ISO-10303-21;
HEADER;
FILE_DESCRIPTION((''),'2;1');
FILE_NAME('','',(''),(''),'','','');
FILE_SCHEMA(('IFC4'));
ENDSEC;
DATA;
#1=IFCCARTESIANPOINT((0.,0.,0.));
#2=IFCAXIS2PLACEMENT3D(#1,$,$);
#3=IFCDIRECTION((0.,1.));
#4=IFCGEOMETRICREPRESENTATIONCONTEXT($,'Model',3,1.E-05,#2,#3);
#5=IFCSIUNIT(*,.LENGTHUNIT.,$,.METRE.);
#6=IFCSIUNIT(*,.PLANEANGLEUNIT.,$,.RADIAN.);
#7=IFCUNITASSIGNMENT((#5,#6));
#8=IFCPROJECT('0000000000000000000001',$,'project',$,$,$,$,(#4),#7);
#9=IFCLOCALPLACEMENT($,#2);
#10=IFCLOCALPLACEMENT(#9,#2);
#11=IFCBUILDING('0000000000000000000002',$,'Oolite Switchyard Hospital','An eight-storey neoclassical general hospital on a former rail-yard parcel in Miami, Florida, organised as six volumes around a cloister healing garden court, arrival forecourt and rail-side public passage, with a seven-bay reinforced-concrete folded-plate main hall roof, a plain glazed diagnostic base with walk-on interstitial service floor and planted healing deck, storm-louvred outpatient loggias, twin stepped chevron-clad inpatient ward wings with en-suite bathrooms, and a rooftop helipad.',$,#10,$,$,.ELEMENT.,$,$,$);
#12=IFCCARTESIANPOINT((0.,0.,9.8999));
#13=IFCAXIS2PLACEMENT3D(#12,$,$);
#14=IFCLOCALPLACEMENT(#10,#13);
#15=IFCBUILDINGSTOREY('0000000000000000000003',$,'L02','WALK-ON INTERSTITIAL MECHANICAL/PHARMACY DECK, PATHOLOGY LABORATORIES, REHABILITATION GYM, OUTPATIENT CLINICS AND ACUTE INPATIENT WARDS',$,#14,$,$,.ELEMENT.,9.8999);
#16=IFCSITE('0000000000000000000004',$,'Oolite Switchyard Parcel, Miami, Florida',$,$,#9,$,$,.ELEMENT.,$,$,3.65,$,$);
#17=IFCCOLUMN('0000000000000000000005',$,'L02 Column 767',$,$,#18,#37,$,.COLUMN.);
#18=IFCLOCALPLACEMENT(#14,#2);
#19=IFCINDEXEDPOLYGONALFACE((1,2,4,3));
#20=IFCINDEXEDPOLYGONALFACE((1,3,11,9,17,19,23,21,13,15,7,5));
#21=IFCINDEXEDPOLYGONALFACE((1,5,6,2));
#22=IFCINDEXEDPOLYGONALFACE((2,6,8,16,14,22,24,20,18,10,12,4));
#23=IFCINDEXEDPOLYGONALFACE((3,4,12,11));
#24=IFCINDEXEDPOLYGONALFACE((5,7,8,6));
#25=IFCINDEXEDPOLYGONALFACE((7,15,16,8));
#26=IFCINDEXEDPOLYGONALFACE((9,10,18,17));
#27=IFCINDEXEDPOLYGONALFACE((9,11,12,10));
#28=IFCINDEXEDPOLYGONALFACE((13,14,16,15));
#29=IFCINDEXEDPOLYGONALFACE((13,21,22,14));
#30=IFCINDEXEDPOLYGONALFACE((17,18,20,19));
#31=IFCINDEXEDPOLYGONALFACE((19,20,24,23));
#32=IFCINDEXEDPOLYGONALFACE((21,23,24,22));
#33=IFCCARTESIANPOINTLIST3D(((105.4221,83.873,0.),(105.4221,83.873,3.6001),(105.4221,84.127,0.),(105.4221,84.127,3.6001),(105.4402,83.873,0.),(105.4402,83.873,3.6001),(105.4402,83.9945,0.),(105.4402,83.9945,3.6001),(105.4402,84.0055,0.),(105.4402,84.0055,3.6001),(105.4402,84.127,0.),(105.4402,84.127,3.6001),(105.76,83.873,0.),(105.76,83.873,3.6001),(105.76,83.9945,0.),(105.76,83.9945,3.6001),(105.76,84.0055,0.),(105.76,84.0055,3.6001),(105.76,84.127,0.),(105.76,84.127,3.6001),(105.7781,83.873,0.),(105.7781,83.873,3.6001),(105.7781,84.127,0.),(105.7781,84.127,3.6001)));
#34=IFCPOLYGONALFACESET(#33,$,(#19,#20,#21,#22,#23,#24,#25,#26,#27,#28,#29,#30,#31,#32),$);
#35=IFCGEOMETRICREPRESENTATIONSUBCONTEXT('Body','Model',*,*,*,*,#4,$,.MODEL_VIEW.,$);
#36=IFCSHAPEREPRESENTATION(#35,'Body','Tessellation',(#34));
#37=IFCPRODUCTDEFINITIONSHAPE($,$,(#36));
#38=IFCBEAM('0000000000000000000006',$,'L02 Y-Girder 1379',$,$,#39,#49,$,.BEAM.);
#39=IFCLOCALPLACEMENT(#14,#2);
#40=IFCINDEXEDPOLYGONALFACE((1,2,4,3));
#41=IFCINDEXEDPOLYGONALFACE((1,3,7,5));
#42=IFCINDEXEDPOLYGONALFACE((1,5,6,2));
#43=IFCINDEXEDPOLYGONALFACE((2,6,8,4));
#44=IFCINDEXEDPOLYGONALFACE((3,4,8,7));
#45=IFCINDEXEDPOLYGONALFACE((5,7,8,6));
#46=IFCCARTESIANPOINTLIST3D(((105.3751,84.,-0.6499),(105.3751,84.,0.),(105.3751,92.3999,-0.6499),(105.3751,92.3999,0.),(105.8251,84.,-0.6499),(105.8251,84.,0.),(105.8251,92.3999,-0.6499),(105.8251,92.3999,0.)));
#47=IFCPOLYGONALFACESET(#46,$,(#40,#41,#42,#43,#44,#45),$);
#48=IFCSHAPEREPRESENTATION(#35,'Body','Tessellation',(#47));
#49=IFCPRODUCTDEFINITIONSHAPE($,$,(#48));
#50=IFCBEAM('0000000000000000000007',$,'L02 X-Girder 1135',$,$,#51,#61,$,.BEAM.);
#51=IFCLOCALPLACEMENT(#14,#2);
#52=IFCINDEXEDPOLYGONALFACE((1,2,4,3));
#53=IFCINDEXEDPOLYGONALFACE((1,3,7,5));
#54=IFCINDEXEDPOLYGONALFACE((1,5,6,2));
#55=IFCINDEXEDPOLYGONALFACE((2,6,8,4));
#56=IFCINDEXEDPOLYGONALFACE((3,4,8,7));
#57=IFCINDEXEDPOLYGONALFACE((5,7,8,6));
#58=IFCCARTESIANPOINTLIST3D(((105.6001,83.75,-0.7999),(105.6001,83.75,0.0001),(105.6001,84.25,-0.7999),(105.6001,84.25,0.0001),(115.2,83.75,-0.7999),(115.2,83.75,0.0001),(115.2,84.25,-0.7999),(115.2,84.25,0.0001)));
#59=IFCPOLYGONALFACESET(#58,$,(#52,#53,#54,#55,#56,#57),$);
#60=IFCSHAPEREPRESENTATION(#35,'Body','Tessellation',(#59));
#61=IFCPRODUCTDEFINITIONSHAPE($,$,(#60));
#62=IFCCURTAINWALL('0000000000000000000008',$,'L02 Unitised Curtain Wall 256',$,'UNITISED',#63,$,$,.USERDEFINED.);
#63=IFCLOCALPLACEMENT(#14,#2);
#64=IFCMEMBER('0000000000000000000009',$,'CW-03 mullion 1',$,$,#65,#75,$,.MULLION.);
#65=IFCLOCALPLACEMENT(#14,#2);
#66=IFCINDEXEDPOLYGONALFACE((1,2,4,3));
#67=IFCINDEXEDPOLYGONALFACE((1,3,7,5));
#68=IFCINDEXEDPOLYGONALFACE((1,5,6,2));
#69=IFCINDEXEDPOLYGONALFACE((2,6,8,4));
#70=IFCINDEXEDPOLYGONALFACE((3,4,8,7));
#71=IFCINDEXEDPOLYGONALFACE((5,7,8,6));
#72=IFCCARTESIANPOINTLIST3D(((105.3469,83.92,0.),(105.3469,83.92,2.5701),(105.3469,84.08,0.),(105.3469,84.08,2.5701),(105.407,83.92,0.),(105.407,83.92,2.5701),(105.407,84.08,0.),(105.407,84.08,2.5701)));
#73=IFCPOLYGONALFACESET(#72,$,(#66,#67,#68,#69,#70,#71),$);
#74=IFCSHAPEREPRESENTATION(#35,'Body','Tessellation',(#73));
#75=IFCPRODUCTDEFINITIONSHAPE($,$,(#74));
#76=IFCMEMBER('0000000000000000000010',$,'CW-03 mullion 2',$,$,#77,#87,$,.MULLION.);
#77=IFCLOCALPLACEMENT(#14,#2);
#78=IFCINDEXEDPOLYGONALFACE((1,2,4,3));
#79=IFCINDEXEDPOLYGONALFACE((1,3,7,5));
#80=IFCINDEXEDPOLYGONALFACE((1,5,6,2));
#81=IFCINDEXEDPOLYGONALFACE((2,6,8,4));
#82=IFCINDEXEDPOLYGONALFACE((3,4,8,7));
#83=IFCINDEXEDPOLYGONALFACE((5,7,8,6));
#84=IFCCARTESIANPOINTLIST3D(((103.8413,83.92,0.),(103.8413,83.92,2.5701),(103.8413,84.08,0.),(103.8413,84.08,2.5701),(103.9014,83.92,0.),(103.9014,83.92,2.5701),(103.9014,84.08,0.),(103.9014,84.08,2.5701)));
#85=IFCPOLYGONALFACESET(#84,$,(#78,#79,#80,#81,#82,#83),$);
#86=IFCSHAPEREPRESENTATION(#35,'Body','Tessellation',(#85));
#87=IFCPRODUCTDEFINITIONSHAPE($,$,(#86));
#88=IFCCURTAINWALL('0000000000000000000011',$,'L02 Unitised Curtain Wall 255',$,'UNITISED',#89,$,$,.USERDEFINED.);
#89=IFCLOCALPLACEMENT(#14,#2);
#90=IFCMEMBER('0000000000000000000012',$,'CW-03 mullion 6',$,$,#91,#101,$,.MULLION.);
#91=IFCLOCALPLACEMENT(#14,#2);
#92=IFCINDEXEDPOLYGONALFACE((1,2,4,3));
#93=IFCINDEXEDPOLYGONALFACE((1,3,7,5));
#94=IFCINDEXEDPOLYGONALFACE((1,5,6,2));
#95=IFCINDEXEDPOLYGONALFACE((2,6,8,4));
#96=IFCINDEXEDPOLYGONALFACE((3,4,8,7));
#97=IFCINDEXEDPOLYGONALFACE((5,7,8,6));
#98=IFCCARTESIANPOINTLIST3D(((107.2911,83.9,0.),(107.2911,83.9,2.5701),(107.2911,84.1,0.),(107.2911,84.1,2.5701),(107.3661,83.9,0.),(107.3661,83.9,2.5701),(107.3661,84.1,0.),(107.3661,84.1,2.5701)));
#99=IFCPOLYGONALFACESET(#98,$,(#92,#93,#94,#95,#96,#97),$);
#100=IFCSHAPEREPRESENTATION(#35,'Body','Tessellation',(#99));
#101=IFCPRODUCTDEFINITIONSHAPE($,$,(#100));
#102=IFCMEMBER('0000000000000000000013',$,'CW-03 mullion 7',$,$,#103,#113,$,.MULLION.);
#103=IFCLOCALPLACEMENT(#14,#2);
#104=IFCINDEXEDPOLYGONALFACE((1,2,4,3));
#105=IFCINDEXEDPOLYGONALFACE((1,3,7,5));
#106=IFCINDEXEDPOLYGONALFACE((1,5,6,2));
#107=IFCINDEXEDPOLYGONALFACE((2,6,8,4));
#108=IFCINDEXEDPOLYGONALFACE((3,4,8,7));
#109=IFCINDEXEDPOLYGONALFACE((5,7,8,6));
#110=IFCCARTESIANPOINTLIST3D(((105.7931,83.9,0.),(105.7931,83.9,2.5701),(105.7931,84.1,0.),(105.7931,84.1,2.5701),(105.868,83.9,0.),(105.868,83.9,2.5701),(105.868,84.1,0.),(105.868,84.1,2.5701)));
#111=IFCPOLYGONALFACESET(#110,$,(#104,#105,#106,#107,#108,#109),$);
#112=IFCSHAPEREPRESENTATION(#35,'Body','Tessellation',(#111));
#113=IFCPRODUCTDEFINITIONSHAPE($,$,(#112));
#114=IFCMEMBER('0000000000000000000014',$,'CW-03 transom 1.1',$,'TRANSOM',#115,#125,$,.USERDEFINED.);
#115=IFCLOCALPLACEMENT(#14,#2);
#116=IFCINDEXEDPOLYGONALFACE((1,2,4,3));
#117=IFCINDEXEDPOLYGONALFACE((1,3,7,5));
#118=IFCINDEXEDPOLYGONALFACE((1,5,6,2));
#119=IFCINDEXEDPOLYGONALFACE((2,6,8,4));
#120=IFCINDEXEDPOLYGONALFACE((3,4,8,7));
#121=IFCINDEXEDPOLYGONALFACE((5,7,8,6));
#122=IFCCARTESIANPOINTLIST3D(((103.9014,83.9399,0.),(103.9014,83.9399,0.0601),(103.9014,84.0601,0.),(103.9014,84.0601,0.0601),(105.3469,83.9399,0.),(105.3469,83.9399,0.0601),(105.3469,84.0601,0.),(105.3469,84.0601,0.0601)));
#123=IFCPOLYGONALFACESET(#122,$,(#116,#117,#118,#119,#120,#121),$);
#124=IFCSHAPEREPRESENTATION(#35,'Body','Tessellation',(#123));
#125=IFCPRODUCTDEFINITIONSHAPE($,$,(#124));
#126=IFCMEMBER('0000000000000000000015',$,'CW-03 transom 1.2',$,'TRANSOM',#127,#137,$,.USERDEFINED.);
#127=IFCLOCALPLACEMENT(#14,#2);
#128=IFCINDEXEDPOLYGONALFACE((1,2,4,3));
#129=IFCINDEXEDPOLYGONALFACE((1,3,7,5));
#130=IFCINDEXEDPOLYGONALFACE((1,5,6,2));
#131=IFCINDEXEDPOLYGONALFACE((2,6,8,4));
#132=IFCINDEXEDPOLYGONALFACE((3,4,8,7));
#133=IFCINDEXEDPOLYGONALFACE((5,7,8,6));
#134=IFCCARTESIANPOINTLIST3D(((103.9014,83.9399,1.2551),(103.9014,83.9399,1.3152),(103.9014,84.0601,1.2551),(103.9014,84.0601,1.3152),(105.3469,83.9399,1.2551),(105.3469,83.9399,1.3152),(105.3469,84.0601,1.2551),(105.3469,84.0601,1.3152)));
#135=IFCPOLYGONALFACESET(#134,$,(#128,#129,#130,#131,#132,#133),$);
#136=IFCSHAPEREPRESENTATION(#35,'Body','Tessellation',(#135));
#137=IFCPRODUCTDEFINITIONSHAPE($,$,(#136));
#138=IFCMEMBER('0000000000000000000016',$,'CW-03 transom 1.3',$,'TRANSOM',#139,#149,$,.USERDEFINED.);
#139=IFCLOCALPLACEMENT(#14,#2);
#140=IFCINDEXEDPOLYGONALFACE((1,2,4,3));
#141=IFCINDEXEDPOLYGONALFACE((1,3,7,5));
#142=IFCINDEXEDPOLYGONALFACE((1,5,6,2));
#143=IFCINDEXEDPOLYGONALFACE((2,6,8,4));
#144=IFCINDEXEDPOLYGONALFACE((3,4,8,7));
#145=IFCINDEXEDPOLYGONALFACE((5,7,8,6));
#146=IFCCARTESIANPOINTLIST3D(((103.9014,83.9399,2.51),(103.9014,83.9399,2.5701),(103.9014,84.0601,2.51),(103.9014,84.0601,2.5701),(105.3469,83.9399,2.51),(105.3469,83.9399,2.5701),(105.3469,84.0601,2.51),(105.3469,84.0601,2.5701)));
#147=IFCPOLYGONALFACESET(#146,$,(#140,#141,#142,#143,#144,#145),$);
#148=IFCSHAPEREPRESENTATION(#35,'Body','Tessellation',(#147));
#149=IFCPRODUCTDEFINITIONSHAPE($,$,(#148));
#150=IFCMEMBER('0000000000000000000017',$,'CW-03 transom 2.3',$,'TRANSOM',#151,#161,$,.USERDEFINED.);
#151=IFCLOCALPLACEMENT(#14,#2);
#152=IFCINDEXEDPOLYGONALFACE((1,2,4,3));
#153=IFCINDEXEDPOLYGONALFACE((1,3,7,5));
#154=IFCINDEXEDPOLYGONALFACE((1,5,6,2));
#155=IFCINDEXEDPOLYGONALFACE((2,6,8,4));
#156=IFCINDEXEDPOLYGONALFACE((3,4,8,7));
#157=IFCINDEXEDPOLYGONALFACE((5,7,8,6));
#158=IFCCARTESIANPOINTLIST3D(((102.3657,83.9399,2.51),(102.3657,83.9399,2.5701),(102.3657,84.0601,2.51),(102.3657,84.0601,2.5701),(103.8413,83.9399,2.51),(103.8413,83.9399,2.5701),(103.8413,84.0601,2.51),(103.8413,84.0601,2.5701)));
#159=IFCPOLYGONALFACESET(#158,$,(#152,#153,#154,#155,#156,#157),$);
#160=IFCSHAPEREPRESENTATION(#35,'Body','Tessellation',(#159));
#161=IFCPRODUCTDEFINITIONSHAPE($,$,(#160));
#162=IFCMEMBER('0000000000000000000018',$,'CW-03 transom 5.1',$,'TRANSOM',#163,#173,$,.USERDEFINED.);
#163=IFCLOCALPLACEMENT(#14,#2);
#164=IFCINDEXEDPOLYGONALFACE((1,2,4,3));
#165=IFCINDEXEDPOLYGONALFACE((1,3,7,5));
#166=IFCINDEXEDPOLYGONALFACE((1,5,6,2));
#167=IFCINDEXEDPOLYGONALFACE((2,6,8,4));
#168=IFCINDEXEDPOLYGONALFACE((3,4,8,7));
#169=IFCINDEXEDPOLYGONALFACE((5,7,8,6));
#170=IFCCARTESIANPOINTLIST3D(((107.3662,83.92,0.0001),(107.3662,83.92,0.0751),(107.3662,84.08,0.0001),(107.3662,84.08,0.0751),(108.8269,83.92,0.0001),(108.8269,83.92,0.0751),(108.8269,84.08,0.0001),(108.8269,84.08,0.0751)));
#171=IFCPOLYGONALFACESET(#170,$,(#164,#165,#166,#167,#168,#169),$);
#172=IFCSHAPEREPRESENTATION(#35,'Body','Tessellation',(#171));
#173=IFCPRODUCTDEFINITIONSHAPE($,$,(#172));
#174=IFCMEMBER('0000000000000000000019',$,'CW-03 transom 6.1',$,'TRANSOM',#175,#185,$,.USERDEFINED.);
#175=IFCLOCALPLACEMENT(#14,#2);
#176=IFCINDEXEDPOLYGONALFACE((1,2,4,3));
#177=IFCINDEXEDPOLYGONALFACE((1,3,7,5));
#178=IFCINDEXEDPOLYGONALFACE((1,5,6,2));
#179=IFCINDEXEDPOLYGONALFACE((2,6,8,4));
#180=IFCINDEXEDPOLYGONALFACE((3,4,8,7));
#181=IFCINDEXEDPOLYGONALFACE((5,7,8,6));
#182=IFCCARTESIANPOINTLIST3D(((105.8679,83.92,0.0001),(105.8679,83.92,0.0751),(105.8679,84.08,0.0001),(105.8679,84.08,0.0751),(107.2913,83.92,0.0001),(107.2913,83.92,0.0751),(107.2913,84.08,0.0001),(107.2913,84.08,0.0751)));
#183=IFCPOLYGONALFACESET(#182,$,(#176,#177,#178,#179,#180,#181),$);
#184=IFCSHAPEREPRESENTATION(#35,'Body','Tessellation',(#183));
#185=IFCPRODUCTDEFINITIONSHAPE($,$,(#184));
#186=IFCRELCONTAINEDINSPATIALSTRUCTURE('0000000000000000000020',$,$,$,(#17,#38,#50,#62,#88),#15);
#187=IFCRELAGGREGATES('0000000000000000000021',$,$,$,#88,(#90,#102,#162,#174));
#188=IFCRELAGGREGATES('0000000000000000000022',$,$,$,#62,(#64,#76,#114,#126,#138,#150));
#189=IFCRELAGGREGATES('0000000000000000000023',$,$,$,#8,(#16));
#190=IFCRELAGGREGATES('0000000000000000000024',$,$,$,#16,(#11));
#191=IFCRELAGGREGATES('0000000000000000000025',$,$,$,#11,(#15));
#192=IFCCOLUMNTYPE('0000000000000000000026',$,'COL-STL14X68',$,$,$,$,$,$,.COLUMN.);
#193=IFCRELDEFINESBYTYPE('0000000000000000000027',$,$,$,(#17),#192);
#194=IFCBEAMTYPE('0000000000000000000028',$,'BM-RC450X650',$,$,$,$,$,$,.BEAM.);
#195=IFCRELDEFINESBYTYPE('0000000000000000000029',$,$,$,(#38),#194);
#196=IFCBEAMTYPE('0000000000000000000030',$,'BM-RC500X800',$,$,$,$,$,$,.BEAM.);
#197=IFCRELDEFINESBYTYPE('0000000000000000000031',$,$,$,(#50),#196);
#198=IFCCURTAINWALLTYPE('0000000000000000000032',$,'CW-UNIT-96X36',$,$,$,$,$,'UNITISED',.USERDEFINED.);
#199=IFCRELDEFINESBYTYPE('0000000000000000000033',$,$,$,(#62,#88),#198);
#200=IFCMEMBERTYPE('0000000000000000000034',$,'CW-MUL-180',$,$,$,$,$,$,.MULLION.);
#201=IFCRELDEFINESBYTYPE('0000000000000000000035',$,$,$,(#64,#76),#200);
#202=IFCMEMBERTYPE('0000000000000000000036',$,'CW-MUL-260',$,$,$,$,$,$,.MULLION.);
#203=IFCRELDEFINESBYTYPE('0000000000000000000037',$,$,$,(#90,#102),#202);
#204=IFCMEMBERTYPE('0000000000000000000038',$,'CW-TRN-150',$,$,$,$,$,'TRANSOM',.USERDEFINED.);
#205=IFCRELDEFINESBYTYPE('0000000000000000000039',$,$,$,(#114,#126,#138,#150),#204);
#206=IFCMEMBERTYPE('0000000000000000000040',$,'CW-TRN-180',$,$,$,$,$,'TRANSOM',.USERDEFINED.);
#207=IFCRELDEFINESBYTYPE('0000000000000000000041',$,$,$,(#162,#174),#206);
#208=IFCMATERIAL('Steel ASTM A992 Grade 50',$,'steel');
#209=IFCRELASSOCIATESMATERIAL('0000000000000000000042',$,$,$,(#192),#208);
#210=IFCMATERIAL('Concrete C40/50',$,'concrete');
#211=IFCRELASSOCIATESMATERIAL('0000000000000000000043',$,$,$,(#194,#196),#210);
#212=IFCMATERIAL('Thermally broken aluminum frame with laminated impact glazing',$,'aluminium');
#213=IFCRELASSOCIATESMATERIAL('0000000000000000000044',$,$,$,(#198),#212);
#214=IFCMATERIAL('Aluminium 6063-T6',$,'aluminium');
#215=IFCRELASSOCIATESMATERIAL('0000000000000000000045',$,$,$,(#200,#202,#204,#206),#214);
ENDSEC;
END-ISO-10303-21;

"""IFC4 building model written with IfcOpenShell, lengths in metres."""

from ifc_helpers import new_model, si_unit, direction, frame, origin, origin_2d, place, context, subcontext, project, spatial, rectangle, i_section, extrude, material, material_profile, profile_set, type_object, element, aggregate, save


model = new_model("IFC4")

# Units and contexts
model_context = context("Model", 3, precision=1e-05, world=origin(), true_north=direction((0.0, 1.0)))
body_context = subcontext(model_context, "Body", "Model", "MODEL_VIEW")
ifc_project = project(units=[si_unit("LENGTHUNIT", "METRE"), si_unit("PLANEANGLEUNIT", "RADIAN")], contexts=[model_context])

# Site, building, storey
site_placement = place(None, origin())
site = spatial("IfcSite", under=ifc_project, at=site_placement, Name="Oolite Switchyard Parcel, Miami, Florida", CompositionType="ELEMENT", RefElevation=3.65)
building_placement = place(site_placement, origin())
building = spatial("IfcBuilding", under=site, at=building_placement, Name="Oolite Switchyard Hospital", Description="An eight-storey neoclassical general hospital on a former rail-yard parcel in Miami, Florida, organised as six volumes around a cloister healing garden court, arrival forecourt and rail-side public passage, with a seven-bay reinforced-concrete folded-plate main hall roof, a plain glazed diagnostic base with walk-on interstitial service floor and planted healing deck, storm-louvred outpatient loggias, twin stepped chevron-clad inpatient ward wings with en-suite bathrooms, and a rooftop helipad.", CompositionType="ELEMENT")
storey_placement = place(building_placement, frame((0.0, 0.0, 9.8999)))
storey = spatial("IfcBuildingStorey", under=building, at=storey_placement, Name="L02", Description="WALK-ON INTERSTITIAL MECHANICAL/PHARMACY DECK, PATHOLOGY LABORATORIES, REHABILITATION GYM, OUTPATIENT CLINICS AND ACUTE INPATIENT WARDS", CompositionType="ELEMENT", Elevation=9.8999)

# Column
ifc_material_1 = material(Name="Steel ASTM A992 Grade 50", Category="steel")
ifc_material_profile_1 = material_profile(ifc_material_1, i_section(OverallWidth=0.2539, OverallDepth=0.356, WebThickness=0.011, FlangeThickness=0.0181, at=origin_2d()), Name="W14X68")
ifc_profile_set_1 = profile_set([ifc_material_profile_1], Name="Steel ASTM A992 Grade 50")
column_type = type_object("IfcColumnType", Name="COL-STL14X68", PredefinedType="COLUMN", material=ifc_profile_set_1)
column_placement = place(storey_placement, frame((105.6001, 84.0, 0.0), z_axis=(0.0, 0.0, 1.0), x_axis=(0.0, -1.0, 0.0)))
element("IfcColumn", 1, at=column_placement, inside=storey, type_object=column_type, Name="L02 Column 767", PredefinedType="COLUMN", context=body_context, shape_type="SweptSolid", body=[
    extrude(i_section(OverallWidth=0.2539, OverallDepth=0.356, WebThickness=0.011, FlangeThickness=0.0181, at=origin_2d()), origin(), (0.0, 0.0, 1.0), 3.6001),
])

# Beams
ifc_material_2 = material(Name="Concrete C40/50", Category="concrete")
ifc_material_profile_2 = material_profile(ifc_material_2, rectangle(XDim=0.45, YDim=0.6499, at=origin_2d()), Name="RCB450X650")
ifc_profile_set_2 = profile_set([ifc_material_profile_2], Name="Concrete C40/50")
beam_type_1 = type_object("IfcBeamType", Name="BM-RC450X650", PredefinedType="BEAM", material=ifc_profile_set_2)
beam_1_placement = place(storey_placement, frame((105.6001, 84.0, -0.325), z_axis=(0.0, 1.0, 0.0), x_axis=(-1.0, 0.0, 0.0)))
element("IfcBeam", 2, at=beam_1_placement, inside=storey, type_object=beam_type_1, Name="L02 Y-Girder 1379", PredefinedType="BEAM", context=body_context, shape_type="SweptSolid", body=[
    extrude(rectangle(XDim=0.45, YDim=0.6499, at=origin_2d()), origin(), (0.0, 0.0, 1.0), 8.3999),
])
ifc_material_profile_3 = material_profile(ifc_material_2, rectangle(XDim=0.5, YDim=0.8, at=origin_2d()), Name="RCB500X800")
ifc_profile_set_3 = profile_set([ifc_material_profile_3], Name="Concrete C40/50")
beam_type_2 = type_object("IfcBeamType", Name="BM-RC500X800", PredefinedType="BEAM", material=ifc_profile_set_3)
beam_2_placement = place(storey_placement, frame((105.6001, 84.0, -0.3999), z_axis=(1.0, 0.0, 0.0), x_axis=(0.0, 1.0, 0.0)))
element("IfcBeam", 3, at=beam_2_placement, inside=storey, type_object=beam_type_2, Name="L02 X-Girder 1135", PredefinedType="BEAM", context=body_context, shape_type="SweptSolid", body=[
    extrude(rectangle(XDim=0.5, YDim=0.8, at=origin_2d()), origin(), (0.0, 0.0, 1.0), 9.5999),
])

# Curtain walls, members
ifc_material_3 = material(Name="Thermally broken aluminum frame with laminated impact glazing", Category="aluminium")
curtain_wall_type = type_object("IfcCurtainWallType", Name="CW-UNIT-96X36", ElementType="UNITISED", PredefinedType="USERDEFINED", material=ifc_material_3)
curtain_wall_1_placement = place(storey_placement, origin())
curtain_wall_1 = element("IfcCurtainWall", 4, at=curtain_wall_1_placement, inside=storey, type_object=curtain_wall_type, Name="L02 Unitised Curtain Wall 256", ObjectType="UNITISED", PredefinedType="USERDEFINED")
ifc_material_4 = material(Name="Aluminium 6063-T6", Category="aluminium")
ifc_material_profile_4 = material_profile(ifc_material_4, rectangle(XDim=0.1599, YDim=0.0601, at=origin_2d()), Name="CWM60X160")
ifc_profile_set_4 = profile_set([ifc_material_profile_4], Name="Aluminium 6063-T6")
member_type_1 = type_object("IfcMemberType", Name="CW-MUL-180", PredefinedType="MULLION", material=ifc_profile_set_4)
member_1_placement = place(storey_placement, frame((105.377, 84.0, 0.0), z_axis=(0.0, 0.0, 1.0), x_axis=(0.0, -1.0, 0.0)))
member_1 = element("IfcMember", 5, at=member_1_placement, type_object=member_type_1, Name="CW-03 mullion 1", PredefinedType="MULLION", context=body_context, shape_type="SweptSolid", body=[
    extrude(rectangle(XDim=0.1599, YDim=0.0601, at=origin_2d()), origin(), (0.0, 0.0, 1.0), 2.5701),
])
member_2_placement = place(storey_placement, frame((103.8713, 84.0, 0.0), z_axis=(0.0, 0.0, 1.0), x_axis=(0.0, -1.0, 0.0)))
member_2 = element("IfcMember", 6, at=member_2_placement, type_object=member_type_1, Name="CW-03 mullion 2", PredefinedType="MULLION", context=body_context, shape_type="SweptSolid", body=[
    extrude(rectangle(XDim=0.1599, YDim=0.0601, at=origin_2d()), origin(), (0.0, 0.0, 1.0), 2.5701),
])
curtain_wall_2_placement = place(storey_placement, origin())
curtain_wall_2 = element("IfcCurtainWall", 7, at=curtain_wall_2_placement, inside=storey, type_object=curtain_wall_type, Name="L02 Unitised Curtain Wall 255", ObjectType="UNITISED", PredefinedType="USERDEFINED")
ifc_material_profile_5 = material_profile(ifc_material_4, rectangle(XDim=0.2, YDim=0.075, at=origin_2d()), Name="CWM75X200")
ifc_profile_set_5 = profile_set([ifc_material_profile_5], Name="Aluminium 6063-T6")
member_type_2 = type_object("IfcMemberType", Name="CW-MUL-260", PredefinedType="MULLION", material=ifc_profile_set_5)
member_3_placement = place(storey_placement, frame((107.3286, 84.0, 0.0), z_axis=(0.0, 0.0, 1.0), x_axis=(0.0, -1.0, 0.0)))
member_3 = element("IfcMember", 8, at=member_3_placement, type_object=member_type_2, Name="CW-03 mullion 6", PredefinedType="MULLION", context=body_context, shape_type="SweptSolid", body=[
    extrude(rectangle(XDim=0.2, YDim=0.075, at=origin_2d()), origin(), (0.0, 0.0, 1.0), 2.5701),
])
member_4_placement = place(storey_placement, frame((105.8306, 84.0, 0.0), z_axis=(0.0, 0.0, 1.0), x_axis=(0.0, -1.0, 0.0)))
member_4 = element("IfcMember", 9, at=member_4_placement, type_object=member_type_2, Name="CW-03 mullion 7", PredefinedType="MULLION", context=body_context, shape_type="SweptSolid", body=[
    extrude(rectangle(XDim=0.2, YDim=0.075, at=origin_2d()), origin(), (0.0, 0.0, 1.0), 2.5701),
])

# Members
ifc_material_profile_6 = material_profile(ifc_material_4, rectangle(XDim=0.1201, YDim=0.0601, at=origin_2d()), Name="CWT60X120")
ifc_profile_set_6 = profile_set([ifc_material_profile_6], Name="Aluminium 6063-T6")
member_type_3 = type_object("IfcMemberType", Name="CW-TRN-150", ElementType="TRANSOM", PredefinedType="USERDEFINED", material=ifc_profile_set_6)
member_5_placement = place(storey_placement, frame((105.3469, 84.0, 0.03), z_axis=(-1.0, 0.0, 0.0), x_axis=(0.0, -1.0, 0.0)))
member_5 = element("IfcMember", 10, at=member_5_placement, type_object=member_type_3, Name="CW-03 transom 1.1", ObjectType="TRANSOM", PredefinedType="USERDEFINED", context=body_context, shape_type="SweptSolid", body=[
    extrude(rectangle(XDim=0.1201, YDim=0.0601, at=origin_2d()), origin(), (0.0, 0.0, 1.0), 1.4456),
])
member_6_placement = place(storey_placement, frame((105.3469, 84.0, 1.2852), z_axis=(-1.0, 0.0, 0.0), x_axis=(0.0, -1.0, 0.0)))
member_6 = element("IfcMember", 11, at=member_6_placement, type_object=member_type_3, Name="CW-03 transom 1.2", ObjectType="TRANSOM", PredefinedType="USERDEFINED", context=body_context, shape_type="SweptSolid", body=[
    extrude(rectangle(XDim=0.1201, YDim=0.0601, at=origin_2d()), origin(), (0.0, 0.0, 1.0), 1.4456),
])
member_7_placement = place(storey_placement, frame((105.3469, 84.0, 2.54), z_axis=(-1.0, 0.0, 0.0), x_axis=(0.0, -1.0, 0.0)))
member_7 = element("IfcMember", 12, at=member_7_placement, type_object=member_type_3, Name="CW-03 transom 1.3", ObjectType="TRANSOM", PredefinedType="USERDEFINED", context=body_context, shape_type="SweptSolid", body=[
    extrude(rectangle(XDim=0.1201, YDim=0.0601, at=origin_2d()), origin(), (0.0, 0.0, 1.0), 1.4456),
])
member_8_placement = place(storey_placement, frame((103.8413, 84.0, 2.54), z_axis=(-1.0, 0.0, 0.0), x_axis=(0.0, -1.0, 0.0)))
member_8 = element("IfcMember", 13, at=member_8_placement, type_object=member_type_3, Name="CW-03 transom 2.3", ObjectType="TRANSOM", PredefinedType="USERDEFINED", context=body_context, shape_type="SweptSolid", body=[
    extrude(rectangle(XDim=0.1201, YDim=0.0601, at=origin_2d()), origin(), (0.0, 0.0, 1.0), 1.4756),
])
ifc_material_profile_7 = material_profile(ifc_material_4, rectangle(XDim=0.1599, YDim=0.075, at=origin_2d()), Name="CWT75X160")
ifc_profile_set_7 = profile_set([ifc_material_profile_7], Name="Aluminium 6063-T6")
member_type_4 = type_object("IfcMemberType", Name="CW-TRN-180", ElementType="TRANSOM", PredefinedType="USERDEFINED", material=ifc_profile_set_7)
member_9_placement = place(storey_placement, frame((108.8269, 84.0, 0.0376), z_axis=(-1.0, 0.0, 0.0), x_axis=(0.0, -1.0, 0.0)))
member_9 = element("IfcMember", 14, at=member_9_placement, type_object=member_type_4, Name="CW-03 transom 5.1", ObjectType="TRANSOM", PredefinedType="USERDEFINED", context=body_context, shape_type="SweptSolid", body=[
    extrude(rectangle(XDim=0.1599, YDim=0.075, at=origin_2d()), origin(), (0.0, 0.0, 1.0), 1.4607),
])
member_10_placement = place(storey_placement, frame((107.2913, 84.0, 0.0376), z_axis=(-1.0, 0.0, 0.0), x_axis=(0.0, -1.0, 0.0)))
member_10 = element("IfcMember", 15, at=member_10_placement, type_object=member_type_4, Name="CW-03 transom 6.1", ObjectType="TRANSOM", PredefinedType="USERDEFINED", context=body_context, shape_type="SweptSolid", body=[
    extrude(rectangle(XDim=0.1599, YDim=0.075, at=origin_2d()), origin(), (0.0, 0.0, 1.0), 1.4233),
])

aggregate(curtain_wall_2, [member_3, member_4, member_9, member_10])
aggregate(curtain_wall_1, [member_1, member_2, member_5, member_6, member_7, member_8])

save(model, "model.ifc")
